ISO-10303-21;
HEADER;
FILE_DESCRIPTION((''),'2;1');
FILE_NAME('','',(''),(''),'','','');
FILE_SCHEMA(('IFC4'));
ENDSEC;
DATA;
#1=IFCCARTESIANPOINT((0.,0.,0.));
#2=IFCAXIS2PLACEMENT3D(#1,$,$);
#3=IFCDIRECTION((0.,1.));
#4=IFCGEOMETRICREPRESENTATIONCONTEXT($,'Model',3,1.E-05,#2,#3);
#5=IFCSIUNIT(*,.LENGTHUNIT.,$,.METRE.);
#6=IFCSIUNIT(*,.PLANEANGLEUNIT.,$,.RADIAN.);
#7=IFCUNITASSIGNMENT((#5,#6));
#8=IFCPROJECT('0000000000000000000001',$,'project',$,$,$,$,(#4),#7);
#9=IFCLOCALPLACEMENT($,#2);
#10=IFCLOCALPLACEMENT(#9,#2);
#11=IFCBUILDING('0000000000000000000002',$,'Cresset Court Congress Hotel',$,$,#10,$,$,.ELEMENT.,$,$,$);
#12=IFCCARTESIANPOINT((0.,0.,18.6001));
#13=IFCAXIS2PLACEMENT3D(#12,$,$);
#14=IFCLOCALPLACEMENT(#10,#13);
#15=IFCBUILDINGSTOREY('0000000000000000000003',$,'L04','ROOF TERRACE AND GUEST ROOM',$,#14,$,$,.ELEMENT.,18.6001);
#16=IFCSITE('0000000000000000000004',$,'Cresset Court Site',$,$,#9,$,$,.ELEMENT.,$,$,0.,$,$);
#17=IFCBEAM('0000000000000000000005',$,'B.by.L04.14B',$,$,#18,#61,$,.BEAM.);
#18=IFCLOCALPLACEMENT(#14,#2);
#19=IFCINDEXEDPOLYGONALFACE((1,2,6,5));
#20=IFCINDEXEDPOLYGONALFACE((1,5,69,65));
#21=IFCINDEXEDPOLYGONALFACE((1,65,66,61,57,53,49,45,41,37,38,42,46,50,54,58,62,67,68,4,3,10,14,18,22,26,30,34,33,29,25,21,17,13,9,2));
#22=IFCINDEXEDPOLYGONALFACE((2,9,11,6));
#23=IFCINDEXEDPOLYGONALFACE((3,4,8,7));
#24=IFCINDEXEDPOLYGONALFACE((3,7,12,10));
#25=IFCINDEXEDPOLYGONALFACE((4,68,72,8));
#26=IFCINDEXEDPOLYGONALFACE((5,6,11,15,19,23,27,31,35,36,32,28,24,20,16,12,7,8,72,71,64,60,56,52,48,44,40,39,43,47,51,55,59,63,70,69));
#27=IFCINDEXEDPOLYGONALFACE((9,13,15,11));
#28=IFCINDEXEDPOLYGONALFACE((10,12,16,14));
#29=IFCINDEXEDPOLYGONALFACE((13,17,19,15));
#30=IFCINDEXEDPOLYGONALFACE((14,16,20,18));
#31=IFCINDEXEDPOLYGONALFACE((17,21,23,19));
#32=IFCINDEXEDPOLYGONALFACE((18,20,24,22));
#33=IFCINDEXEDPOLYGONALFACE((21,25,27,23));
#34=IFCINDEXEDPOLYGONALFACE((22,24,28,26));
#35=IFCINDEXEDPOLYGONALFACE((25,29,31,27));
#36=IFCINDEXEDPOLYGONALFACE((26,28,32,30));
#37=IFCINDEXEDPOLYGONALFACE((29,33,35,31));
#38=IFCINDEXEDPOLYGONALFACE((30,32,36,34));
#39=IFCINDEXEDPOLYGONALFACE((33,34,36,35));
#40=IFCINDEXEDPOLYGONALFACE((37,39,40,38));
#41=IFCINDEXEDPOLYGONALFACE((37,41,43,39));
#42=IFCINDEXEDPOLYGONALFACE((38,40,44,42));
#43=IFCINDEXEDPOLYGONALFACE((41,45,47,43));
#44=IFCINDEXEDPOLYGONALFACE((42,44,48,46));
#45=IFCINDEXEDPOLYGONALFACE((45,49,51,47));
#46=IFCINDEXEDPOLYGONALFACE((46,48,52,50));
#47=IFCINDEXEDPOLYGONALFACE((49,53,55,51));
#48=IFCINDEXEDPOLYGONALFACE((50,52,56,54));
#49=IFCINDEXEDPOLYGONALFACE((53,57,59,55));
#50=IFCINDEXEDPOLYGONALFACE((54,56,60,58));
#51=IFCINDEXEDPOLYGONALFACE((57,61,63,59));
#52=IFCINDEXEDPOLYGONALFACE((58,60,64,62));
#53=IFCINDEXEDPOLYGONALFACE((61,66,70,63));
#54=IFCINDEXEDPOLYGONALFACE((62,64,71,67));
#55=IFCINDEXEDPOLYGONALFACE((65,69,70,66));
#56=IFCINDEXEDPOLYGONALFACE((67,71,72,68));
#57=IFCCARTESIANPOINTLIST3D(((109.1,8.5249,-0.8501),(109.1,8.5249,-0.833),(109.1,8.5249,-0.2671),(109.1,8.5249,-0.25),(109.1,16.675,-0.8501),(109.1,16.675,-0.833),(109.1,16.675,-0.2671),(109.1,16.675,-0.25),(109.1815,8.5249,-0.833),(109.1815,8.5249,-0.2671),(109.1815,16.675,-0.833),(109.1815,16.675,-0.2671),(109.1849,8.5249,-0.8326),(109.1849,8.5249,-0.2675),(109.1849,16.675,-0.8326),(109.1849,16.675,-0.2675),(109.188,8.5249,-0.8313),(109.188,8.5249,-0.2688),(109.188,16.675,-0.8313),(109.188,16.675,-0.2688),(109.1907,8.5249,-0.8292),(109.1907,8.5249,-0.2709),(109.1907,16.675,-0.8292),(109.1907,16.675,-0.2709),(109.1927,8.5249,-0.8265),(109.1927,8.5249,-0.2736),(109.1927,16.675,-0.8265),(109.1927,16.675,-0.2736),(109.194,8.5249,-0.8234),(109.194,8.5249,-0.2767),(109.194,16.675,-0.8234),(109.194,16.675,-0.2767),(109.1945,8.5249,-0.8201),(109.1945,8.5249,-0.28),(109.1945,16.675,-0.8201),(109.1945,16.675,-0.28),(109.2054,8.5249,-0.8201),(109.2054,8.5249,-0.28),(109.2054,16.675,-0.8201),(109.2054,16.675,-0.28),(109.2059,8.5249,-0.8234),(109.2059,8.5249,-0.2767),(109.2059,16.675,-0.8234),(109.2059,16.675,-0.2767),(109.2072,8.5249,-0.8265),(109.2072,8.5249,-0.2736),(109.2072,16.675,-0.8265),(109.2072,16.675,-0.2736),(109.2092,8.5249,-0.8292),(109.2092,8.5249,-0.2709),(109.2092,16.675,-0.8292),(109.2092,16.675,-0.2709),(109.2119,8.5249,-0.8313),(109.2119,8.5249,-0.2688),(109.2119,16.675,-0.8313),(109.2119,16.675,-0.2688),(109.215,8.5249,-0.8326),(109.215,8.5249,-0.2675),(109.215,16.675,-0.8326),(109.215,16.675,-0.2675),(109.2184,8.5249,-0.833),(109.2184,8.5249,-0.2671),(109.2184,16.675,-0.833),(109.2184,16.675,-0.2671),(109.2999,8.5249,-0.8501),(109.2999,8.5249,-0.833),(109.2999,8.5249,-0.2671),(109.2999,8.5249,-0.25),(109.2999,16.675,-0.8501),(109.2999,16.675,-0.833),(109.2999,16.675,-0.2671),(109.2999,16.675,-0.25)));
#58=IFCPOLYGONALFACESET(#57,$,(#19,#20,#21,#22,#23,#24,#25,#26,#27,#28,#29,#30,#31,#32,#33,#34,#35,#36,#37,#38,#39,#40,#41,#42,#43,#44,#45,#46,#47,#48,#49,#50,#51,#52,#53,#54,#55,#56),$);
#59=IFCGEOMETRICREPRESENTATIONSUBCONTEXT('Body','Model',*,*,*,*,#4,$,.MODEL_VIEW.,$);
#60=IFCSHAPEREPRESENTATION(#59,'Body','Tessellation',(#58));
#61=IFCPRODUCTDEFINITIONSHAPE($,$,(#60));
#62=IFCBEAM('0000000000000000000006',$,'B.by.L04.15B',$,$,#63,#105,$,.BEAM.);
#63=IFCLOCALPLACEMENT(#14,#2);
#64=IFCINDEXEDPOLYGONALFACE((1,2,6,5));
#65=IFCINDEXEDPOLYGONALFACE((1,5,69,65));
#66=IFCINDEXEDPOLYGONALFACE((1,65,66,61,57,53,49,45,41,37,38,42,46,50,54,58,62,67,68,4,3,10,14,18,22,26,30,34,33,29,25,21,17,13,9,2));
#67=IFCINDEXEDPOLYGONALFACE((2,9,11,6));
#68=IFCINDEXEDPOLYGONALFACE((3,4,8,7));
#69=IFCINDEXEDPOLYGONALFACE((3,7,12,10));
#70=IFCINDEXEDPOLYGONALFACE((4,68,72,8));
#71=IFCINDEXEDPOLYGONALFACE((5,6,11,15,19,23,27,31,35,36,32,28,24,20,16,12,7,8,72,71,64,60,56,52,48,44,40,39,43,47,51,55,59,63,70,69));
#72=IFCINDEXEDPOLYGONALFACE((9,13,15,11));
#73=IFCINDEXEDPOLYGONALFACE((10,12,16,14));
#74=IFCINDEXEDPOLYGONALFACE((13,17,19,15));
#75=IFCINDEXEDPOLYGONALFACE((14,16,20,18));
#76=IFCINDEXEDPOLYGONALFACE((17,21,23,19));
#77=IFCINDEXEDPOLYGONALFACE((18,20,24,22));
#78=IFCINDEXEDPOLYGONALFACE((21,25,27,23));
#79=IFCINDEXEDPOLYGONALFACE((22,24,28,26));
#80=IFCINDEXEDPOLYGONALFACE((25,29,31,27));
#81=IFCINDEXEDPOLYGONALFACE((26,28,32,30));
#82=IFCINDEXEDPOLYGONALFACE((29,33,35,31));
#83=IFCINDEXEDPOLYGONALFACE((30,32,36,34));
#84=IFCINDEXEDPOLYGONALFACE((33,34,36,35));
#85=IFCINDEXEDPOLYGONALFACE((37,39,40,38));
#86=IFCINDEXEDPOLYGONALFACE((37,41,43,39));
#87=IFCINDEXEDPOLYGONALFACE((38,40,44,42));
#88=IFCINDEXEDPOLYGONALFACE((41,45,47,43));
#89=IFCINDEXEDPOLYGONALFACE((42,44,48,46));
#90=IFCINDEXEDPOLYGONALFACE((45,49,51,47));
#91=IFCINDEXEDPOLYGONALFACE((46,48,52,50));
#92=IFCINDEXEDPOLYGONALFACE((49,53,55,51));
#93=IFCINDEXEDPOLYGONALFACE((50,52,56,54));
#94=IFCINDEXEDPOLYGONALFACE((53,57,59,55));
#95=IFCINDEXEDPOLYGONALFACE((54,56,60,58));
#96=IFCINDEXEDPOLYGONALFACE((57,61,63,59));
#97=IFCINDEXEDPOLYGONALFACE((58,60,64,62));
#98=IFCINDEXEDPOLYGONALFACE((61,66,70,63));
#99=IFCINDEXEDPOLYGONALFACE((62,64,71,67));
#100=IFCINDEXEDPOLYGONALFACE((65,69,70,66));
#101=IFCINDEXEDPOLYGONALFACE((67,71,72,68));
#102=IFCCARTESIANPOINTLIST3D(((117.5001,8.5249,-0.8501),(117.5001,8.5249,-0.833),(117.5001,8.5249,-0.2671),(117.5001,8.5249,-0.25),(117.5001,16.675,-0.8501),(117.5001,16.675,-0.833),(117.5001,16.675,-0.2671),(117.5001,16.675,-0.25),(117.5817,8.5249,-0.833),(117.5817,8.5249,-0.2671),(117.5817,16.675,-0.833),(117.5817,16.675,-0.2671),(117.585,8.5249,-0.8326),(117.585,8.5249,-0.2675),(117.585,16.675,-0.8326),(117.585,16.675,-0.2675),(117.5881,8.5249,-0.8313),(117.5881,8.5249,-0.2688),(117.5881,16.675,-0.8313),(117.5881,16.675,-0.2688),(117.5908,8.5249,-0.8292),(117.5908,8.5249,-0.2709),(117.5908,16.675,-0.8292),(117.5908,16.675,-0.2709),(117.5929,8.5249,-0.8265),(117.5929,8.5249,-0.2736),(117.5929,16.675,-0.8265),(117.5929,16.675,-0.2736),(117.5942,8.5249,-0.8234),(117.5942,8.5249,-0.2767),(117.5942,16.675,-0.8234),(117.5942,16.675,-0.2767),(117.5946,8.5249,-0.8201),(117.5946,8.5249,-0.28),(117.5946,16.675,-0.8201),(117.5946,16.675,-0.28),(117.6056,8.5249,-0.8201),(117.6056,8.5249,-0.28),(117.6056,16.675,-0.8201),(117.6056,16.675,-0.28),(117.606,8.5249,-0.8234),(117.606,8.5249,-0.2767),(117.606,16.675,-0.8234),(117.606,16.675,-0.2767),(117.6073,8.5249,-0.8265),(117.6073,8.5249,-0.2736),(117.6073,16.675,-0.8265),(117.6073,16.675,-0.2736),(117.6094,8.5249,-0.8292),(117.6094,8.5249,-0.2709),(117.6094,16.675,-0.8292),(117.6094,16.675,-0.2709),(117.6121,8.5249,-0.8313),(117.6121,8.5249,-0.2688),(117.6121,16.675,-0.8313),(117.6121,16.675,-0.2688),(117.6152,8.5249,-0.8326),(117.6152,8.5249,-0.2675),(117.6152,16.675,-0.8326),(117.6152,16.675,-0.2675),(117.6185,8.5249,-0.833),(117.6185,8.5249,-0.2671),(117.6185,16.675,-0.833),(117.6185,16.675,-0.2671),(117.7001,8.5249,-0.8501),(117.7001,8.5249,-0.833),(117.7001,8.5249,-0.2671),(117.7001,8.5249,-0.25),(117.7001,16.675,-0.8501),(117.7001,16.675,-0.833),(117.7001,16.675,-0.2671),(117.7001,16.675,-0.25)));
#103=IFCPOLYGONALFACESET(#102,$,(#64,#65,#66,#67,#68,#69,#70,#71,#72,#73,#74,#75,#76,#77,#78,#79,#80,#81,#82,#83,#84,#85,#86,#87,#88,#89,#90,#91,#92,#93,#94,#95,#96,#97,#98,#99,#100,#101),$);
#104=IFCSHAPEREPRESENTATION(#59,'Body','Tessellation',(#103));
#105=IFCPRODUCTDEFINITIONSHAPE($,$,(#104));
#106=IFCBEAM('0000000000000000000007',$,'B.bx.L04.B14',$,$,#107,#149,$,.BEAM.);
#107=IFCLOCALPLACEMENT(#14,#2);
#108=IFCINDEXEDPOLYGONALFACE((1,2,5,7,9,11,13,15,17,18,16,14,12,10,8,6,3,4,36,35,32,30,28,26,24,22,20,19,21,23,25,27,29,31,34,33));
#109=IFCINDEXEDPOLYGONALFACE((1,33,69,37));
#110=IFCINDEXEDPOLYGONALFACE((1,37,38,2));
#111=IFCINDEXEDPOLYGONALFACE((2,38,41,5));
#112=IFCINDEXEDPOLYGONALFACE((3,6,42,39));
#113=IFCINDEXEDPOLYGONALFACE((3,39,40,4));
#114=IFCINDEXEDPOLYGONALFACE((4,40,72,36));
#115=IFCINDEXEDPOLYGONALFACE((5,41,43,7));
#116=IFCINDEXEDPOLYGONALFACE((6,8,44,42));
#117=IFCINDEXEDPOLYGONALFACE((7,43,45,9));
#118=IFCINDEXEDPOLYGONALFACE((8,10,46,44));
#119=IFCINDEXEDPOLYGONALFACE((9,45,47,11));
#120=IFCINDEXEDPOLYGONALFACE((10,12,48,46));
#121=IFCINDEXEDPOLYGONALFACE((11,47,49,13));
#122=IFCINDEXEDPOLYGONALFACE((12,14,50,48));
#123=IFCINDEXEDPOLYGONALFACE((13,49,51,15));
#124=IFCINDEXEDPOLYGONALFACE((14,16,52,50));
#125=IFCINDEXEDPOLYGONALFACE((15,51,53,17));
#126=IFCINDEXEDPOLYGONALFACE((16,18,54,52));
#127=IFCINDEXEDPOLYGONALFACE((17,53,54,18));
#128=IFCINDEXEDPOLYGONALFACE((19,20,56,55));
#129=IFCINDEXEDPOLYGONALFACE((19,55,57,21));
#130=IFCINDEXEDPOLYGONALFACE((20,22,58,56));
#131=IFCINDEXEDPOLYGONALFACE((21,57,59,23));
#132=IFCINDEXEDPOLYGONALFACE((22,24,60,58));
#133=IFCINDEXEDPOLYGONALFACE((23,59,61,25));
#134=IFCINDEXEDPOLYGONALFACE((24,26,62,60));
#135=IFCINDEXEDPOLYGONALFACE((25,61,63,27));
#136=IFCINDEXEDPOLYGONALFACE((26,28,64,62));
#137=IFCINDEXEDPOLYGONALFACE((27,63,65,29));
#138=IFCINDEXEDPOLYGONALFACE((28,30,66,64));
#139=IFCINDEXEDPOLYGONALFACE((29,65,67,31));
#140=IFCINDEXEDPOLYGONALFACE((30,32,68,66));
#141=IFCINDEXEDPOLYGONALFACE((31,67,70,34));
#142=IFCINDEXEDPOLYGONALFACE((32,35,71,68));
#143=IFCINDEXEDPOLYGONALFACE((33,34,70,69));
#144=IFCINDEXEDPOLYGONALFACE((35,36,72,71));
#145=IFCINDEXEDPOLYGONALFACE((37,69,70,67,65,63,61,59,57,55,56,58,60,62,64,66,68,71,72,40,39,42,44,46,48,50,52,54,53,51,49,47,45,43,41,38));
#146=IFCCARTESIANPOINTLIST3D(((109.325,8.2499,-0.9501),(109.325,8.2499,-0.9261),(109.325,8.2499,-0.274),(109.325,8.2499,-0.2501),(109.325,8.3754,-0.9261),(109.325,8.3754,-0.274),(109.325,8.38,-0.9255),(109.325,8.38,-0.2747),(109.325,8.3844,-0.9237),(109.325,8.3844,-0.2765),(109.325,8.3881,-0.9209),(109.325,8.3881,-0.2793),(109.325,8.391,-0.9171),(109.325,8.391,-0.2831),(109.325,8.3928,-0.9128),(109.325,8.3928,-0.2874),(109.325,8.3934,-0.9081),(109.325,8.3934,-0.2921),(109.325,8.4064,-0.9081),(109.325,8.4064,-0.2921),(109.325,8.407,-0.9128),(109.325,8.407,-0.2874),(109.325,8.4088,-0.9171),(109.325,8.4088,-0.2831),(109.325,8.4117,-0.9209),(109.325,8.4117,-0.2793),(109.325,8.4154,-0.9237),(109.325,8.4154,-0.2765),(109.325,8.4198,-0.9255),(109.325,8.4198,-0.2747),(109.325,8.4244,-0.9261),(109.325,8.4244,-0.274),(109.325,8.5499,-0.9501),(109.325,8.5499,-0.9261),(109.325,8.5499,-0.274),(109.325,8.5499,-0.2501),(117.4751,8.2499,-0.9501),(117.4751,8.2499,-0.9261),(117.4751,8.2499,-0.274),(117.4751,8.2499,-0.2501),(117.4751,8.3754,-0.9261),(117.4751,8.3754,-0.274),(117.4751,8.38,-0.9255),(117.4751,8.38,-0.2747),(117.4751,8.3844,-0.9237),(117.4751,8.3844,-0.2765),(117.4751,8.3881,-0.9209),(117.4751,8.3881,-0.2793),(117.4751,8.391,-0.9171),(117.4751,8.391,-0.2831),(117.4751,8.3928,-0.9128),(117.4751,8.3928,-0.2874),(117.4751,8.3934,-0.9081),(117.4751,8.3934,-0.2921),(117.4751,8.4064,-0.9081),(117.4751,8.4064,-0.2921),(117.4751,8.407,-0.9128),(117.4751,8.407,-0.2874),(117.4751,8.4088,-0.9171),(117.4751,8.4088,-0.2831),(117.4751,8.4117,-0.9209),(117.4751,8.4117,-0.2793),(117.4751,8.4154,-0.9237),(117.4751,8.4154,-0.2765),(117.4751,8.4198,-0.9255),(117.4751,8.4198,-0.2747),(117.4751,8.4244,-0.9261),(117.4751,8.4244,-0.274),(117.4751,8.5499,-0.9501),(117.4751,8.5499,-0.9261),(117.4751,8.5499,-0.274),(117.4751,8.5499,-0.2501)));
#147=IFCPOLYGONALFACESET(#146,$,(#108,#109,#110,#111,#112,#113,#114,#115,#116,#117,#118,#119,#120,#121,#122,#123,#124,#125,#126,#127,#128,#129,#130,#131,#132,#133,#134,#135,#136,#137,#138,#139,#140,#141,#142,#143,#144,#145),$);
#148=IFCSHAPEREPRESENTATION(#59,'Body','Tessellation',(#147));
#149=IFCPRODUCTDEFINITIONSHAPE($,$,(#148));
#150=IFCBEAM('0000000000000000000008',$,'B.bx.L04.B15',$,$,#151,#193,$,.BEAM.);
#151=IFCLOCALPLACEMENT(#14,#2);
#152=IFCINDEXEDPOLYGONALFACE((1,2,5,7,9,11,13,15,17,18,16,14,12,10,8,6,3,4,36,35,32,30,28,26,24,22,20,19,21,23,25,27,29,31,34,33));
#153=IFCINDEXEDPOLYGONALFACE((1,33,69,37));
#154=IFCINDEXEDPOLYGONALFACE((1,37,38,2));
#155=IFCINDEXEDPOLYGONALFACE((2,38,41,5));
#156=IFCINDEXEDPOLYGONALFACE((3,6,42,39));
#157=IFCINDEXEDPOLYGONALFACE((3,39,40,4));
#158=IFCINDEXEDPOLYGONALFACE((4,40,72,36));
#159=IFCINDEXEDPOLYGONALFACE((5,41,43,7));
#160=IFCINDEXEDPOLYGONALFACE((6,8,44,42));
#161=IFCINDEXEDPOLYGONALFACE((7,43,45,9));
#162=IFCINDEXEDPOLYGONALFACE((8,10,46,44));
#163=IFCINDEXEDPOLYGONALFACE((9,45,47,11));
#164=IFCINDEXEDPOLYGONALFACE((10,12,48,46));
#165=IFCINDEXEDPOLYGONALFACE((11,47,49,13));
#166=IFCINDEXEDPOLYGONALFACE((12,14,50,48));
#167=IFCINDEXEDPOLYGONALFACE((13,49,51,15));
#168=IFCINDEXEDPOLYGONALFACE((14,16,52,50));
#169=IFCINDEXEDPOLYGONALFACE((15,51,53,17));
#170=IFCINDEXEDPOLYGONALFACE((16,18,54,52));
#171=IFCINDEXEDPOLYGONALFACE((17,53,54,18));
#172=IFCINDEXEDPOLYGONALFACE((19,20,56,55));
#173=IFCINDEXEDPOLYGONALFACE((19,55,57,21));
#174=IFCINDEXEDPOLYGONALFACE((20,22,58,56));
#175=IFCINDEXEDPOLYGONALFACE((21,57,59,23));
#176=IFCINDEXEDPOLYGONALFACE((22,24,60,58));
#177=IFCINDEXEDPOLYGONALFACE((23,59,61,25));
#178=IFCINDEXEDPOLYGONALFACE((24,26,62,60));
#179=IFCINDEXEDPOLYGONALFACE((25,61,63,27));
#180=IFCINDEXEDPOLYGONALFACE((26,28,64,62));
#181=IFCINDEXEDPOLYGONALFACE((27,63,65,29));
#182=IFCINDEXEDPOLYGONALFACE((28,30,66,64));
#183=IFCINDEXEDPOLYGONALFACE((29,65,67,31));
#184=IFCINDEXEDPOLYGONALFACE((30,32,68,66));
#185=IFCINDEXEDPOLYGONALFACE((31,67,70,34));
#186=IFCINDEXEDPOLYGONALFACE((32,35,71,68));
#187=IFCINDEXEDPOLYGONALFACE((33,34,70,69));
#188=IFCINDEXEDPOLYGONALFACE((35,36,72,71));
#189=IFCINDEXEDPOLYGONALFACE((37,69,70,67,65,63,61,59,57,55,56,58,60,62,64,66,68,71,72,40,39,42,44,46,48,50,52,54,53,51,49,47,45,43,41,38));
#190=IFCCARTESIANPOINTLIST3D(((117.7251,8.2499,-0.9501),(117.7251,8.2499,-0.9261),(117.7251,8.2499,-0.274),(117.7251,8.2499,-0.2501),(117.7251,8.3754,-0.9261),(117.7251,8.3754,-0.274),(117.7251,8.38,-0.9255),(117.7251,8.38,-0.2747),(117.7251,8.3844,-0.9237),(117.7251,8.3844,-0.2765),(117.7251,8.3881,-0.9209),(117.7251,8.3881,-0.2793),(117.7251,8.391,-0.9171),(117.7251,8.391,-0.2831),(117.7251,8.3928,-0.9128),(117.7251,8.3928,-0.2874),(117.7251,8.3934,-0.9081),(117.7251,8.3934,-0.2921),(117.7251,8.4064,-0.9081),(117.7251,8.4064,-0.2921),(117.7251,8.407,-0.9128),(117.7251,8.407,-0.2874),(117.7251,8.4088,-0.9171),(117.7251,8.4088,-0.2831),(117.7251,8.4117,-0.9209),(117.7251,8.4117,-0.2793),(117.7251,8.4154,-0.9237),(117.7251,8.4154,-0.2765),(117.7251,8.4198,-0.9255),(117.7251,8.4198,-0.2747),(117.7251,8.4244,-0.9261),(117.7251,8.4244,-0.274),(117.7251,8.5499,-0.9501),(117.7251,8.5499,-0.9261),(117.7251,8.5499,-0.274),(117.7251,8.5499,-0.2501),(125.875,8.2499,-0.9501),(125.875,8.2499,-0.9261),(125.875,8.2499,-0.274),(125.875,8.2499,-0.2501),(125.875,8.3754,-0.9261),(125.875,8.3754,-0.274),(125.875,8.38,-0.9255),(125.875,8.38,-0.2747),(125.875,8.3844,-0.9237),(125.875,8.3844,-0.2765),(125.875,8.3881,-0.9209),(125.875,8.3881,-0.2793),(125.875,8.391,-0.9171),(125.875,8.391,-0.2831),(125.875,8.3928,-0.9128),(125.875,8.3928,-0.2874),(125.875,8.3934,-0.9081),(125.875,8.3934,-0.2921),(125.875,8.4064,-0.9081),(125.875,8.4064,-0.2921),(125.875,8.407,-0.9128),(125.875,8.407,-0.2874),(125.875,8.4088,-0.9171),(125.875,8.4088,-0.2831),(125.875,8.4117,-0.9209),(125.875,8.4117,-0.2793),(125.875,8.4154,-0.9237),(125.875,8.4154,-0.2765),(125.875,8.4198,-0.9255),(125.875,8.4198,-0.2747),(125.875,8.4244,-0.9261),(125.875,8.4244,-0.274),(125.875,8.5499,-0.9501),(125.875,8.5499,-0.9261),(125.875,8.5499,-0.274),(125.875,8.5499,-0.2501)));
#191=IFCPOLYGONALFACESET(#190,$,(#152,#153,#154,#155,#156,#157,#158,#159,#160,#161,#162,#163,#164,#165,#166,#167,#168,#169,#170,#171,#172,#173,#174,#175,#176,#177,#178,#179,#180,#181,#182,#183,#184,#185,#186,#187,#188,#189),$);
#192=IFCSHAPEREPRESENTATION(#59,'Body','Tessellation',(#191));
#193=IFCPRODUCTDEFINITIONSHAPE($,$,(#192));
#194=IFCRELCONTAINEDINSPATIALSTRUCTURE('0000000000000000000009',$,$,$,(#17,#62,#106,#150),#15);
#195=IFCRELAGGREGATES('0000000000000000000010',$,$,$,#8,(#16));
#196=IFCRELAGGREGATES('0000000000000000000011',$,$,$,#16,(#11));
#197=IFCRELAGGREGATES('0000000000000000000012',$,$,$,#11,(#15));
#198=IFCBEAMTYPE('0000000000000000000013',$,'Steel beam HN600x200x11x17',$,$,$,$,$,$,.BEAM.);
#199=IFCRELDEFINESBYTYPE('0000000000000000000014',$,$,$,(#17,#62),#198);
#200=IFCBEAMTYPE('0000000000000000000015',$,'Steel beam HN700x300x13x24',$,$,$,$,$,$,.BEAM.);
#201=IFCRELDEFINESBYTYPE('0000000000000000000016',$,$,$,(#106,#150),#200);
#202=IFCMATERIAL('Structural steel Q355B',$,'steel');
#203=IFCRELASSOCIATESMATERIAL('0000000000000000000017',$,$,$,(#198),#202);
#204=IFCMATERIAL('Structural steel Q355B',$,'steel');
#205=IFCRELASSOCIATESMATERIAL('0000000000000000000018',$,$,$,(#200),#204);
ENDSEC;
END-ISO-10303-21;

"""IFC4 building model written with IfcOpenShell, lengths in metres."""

from ifc_helpers import new_model, si_unit, direction, frame, origin, origin_2d, place, context, subcontext, project, spatial, i_section, extrude, material, material_profile, profile_set, type_object, element, save


model = new_model("IFC4")

# Units and contexts
model_context = context("Model", 3, precision=1e-05, world=origin(), true_north=direction((0.0, 1.0)))
body_context = subcontext(model_context, "Body", "Model", "MODEL_VIEW")
ifc_project = project(units=[si_unit("LENGTHUNIT", "METRE"), si_unit("PLANEANGLEUNIT", "RADIAN")], contexts=[model_context])

# Site, building, storey
site_placement = place(None, origin())
site = spatial("IfcSite", under=ifc_project, at=site_placement, Name="Cresset Court Site", CompositionType="ELEMENT", RefElevation=0.0)
building_placement = place(site_placement, origin())
building = spatial("IfcBuilding", under=site, at=building_placement, Name="Cresset Court Congress Hotel", CompositionType="ELEMENT")
storey_placement = place(building_placement, frame((0.0, 0.0, 18.6001)))
storey = spatial("IfcBuildingStorey", under=building, at=storey_placement, Name="L04", Description="ROOF TERRACE AND GUEST ROOM", CompositionType="ELEMENT", Elevation=18.6001)

# Beams
ifc_material_1 = material(Name="Structural steel Q355B", Category="steel")
ifc_material_profile_1 = material_profile(ifc_material_1, i_section(OverallWidth=0.2, OverallDepth=0.6001, WebThickness=0.011, FlangeThickness=0.0171, FilletRadius=0.0129, at=origin_2d()), Name="HN600x200x11x17")
ifc_profile_set_1 = profile_set([ifc_material_profile_1], Name="Structural steel Q355B")
beam_type_1 = type_object("IfcBeamType", Name="Steel beam HN600x200x11x17", PredefinedType="BEAM", material=ifc_profile_set_1)
for number, where, z_axis, x_axis, name in (
    (1, (109.2, 8.5249, -0.55), (0.0, 1.0, 0.0), (-1.0, 0.0, 0.0), "B.by.L04.14B"),
    (2, (117.6001, 8.5249, -0.55), (0.0, 1.0, 0.0), (-1.0, 0.0, 0.0), "B.by.L04.15B"),
):
    element("IfcBeam", number, at=place(storey_placement, frame(where, z_axis=z_axis, x_axis=x_axis)), inside=storey, type_object=beam_type_1, Name=name, PredefinedType="BEAM", context=body_context, shape_type="SweptSolid", body=[
        extrude(i_section(OverallWidth=0.2, OverallDepth=0.6001, WebThickness=0.011, FlangeThickness=0.0171, FilletRadius=0.0129, at=origin_2d()), origin(), (0.0, 0.0, 1.0), 8.1501),
    ])
ifc_material_2 = material(Name="Structural steel Q355B", Category="steel")
ifc_material_profile_2 = material_profile(ifc_material_2, i_section(OverallWidth=0.3, OverallDepth=0.7, WebThickness=0.0129, FlangeThickness=0.0239, FilletRadius=0.0181, at=origin_2d()), Name="HN700x300x13x24")
ifc_profile_set_2 = profile_set([ifc_material_profile_2], Name="Structural steel Q355B")
beam_type_2 = type_object("IfcBeamType", Name="Steel beam HN700x300x13x24", PredefinedType="BEAM", material=ifc_profile_set_2)
beam_1_placement = place(storey_placement, frame((109.325, 8.3999, -0.6001), z_axis=(1.0, 0.0, 0.0), x_axis=(0.0, 1.0, 0.0)))
element("IfcBeam", 3, at=beam_1_placement, inside=storey, type_object=beam_type_2, Name="B.bx.L04.B14", PredefinedType="BEAM", context=body_context, shape_type="SweptSolid", body=[
    extrude(i_section(OverallWidth=0.3, OverallDepth=0.7, WebThickness=0.0129, FlangeThickness=0.0239, FilletRadius=0.0181, at=origin_2d()), origin(), (0.0, 0.0, 1.0), 8.1501),
])
for number, where, z_axis, x_axis, name in (
    (4, (117.7251, 8.3999, -0.6001), (1.0, 0.0, 0.0), (0.0, 1.0, 0.0), "B.bx.L04.B15"),
):
    element("IfcBeam", number, at=place(storey_placement, frame(where, z_axis=z_axis, x_axis=x_axis)), inside=storey, type_object=beam_type_2, Name=name, PredefinedType="BEAM", context=body_context, shape_type="SweptSolid", body=[
        extrude(i_section(OverallWidth=0.3, OverallDepth=0.7, WebThickness=0.0129, FlangeThickness=0.0239, FilletRadius=0.0181, at=origin_2d()), origin(), (0.0, 0.0, 1.0), 8.1499),
    ])

save(model, "model.ifc")
